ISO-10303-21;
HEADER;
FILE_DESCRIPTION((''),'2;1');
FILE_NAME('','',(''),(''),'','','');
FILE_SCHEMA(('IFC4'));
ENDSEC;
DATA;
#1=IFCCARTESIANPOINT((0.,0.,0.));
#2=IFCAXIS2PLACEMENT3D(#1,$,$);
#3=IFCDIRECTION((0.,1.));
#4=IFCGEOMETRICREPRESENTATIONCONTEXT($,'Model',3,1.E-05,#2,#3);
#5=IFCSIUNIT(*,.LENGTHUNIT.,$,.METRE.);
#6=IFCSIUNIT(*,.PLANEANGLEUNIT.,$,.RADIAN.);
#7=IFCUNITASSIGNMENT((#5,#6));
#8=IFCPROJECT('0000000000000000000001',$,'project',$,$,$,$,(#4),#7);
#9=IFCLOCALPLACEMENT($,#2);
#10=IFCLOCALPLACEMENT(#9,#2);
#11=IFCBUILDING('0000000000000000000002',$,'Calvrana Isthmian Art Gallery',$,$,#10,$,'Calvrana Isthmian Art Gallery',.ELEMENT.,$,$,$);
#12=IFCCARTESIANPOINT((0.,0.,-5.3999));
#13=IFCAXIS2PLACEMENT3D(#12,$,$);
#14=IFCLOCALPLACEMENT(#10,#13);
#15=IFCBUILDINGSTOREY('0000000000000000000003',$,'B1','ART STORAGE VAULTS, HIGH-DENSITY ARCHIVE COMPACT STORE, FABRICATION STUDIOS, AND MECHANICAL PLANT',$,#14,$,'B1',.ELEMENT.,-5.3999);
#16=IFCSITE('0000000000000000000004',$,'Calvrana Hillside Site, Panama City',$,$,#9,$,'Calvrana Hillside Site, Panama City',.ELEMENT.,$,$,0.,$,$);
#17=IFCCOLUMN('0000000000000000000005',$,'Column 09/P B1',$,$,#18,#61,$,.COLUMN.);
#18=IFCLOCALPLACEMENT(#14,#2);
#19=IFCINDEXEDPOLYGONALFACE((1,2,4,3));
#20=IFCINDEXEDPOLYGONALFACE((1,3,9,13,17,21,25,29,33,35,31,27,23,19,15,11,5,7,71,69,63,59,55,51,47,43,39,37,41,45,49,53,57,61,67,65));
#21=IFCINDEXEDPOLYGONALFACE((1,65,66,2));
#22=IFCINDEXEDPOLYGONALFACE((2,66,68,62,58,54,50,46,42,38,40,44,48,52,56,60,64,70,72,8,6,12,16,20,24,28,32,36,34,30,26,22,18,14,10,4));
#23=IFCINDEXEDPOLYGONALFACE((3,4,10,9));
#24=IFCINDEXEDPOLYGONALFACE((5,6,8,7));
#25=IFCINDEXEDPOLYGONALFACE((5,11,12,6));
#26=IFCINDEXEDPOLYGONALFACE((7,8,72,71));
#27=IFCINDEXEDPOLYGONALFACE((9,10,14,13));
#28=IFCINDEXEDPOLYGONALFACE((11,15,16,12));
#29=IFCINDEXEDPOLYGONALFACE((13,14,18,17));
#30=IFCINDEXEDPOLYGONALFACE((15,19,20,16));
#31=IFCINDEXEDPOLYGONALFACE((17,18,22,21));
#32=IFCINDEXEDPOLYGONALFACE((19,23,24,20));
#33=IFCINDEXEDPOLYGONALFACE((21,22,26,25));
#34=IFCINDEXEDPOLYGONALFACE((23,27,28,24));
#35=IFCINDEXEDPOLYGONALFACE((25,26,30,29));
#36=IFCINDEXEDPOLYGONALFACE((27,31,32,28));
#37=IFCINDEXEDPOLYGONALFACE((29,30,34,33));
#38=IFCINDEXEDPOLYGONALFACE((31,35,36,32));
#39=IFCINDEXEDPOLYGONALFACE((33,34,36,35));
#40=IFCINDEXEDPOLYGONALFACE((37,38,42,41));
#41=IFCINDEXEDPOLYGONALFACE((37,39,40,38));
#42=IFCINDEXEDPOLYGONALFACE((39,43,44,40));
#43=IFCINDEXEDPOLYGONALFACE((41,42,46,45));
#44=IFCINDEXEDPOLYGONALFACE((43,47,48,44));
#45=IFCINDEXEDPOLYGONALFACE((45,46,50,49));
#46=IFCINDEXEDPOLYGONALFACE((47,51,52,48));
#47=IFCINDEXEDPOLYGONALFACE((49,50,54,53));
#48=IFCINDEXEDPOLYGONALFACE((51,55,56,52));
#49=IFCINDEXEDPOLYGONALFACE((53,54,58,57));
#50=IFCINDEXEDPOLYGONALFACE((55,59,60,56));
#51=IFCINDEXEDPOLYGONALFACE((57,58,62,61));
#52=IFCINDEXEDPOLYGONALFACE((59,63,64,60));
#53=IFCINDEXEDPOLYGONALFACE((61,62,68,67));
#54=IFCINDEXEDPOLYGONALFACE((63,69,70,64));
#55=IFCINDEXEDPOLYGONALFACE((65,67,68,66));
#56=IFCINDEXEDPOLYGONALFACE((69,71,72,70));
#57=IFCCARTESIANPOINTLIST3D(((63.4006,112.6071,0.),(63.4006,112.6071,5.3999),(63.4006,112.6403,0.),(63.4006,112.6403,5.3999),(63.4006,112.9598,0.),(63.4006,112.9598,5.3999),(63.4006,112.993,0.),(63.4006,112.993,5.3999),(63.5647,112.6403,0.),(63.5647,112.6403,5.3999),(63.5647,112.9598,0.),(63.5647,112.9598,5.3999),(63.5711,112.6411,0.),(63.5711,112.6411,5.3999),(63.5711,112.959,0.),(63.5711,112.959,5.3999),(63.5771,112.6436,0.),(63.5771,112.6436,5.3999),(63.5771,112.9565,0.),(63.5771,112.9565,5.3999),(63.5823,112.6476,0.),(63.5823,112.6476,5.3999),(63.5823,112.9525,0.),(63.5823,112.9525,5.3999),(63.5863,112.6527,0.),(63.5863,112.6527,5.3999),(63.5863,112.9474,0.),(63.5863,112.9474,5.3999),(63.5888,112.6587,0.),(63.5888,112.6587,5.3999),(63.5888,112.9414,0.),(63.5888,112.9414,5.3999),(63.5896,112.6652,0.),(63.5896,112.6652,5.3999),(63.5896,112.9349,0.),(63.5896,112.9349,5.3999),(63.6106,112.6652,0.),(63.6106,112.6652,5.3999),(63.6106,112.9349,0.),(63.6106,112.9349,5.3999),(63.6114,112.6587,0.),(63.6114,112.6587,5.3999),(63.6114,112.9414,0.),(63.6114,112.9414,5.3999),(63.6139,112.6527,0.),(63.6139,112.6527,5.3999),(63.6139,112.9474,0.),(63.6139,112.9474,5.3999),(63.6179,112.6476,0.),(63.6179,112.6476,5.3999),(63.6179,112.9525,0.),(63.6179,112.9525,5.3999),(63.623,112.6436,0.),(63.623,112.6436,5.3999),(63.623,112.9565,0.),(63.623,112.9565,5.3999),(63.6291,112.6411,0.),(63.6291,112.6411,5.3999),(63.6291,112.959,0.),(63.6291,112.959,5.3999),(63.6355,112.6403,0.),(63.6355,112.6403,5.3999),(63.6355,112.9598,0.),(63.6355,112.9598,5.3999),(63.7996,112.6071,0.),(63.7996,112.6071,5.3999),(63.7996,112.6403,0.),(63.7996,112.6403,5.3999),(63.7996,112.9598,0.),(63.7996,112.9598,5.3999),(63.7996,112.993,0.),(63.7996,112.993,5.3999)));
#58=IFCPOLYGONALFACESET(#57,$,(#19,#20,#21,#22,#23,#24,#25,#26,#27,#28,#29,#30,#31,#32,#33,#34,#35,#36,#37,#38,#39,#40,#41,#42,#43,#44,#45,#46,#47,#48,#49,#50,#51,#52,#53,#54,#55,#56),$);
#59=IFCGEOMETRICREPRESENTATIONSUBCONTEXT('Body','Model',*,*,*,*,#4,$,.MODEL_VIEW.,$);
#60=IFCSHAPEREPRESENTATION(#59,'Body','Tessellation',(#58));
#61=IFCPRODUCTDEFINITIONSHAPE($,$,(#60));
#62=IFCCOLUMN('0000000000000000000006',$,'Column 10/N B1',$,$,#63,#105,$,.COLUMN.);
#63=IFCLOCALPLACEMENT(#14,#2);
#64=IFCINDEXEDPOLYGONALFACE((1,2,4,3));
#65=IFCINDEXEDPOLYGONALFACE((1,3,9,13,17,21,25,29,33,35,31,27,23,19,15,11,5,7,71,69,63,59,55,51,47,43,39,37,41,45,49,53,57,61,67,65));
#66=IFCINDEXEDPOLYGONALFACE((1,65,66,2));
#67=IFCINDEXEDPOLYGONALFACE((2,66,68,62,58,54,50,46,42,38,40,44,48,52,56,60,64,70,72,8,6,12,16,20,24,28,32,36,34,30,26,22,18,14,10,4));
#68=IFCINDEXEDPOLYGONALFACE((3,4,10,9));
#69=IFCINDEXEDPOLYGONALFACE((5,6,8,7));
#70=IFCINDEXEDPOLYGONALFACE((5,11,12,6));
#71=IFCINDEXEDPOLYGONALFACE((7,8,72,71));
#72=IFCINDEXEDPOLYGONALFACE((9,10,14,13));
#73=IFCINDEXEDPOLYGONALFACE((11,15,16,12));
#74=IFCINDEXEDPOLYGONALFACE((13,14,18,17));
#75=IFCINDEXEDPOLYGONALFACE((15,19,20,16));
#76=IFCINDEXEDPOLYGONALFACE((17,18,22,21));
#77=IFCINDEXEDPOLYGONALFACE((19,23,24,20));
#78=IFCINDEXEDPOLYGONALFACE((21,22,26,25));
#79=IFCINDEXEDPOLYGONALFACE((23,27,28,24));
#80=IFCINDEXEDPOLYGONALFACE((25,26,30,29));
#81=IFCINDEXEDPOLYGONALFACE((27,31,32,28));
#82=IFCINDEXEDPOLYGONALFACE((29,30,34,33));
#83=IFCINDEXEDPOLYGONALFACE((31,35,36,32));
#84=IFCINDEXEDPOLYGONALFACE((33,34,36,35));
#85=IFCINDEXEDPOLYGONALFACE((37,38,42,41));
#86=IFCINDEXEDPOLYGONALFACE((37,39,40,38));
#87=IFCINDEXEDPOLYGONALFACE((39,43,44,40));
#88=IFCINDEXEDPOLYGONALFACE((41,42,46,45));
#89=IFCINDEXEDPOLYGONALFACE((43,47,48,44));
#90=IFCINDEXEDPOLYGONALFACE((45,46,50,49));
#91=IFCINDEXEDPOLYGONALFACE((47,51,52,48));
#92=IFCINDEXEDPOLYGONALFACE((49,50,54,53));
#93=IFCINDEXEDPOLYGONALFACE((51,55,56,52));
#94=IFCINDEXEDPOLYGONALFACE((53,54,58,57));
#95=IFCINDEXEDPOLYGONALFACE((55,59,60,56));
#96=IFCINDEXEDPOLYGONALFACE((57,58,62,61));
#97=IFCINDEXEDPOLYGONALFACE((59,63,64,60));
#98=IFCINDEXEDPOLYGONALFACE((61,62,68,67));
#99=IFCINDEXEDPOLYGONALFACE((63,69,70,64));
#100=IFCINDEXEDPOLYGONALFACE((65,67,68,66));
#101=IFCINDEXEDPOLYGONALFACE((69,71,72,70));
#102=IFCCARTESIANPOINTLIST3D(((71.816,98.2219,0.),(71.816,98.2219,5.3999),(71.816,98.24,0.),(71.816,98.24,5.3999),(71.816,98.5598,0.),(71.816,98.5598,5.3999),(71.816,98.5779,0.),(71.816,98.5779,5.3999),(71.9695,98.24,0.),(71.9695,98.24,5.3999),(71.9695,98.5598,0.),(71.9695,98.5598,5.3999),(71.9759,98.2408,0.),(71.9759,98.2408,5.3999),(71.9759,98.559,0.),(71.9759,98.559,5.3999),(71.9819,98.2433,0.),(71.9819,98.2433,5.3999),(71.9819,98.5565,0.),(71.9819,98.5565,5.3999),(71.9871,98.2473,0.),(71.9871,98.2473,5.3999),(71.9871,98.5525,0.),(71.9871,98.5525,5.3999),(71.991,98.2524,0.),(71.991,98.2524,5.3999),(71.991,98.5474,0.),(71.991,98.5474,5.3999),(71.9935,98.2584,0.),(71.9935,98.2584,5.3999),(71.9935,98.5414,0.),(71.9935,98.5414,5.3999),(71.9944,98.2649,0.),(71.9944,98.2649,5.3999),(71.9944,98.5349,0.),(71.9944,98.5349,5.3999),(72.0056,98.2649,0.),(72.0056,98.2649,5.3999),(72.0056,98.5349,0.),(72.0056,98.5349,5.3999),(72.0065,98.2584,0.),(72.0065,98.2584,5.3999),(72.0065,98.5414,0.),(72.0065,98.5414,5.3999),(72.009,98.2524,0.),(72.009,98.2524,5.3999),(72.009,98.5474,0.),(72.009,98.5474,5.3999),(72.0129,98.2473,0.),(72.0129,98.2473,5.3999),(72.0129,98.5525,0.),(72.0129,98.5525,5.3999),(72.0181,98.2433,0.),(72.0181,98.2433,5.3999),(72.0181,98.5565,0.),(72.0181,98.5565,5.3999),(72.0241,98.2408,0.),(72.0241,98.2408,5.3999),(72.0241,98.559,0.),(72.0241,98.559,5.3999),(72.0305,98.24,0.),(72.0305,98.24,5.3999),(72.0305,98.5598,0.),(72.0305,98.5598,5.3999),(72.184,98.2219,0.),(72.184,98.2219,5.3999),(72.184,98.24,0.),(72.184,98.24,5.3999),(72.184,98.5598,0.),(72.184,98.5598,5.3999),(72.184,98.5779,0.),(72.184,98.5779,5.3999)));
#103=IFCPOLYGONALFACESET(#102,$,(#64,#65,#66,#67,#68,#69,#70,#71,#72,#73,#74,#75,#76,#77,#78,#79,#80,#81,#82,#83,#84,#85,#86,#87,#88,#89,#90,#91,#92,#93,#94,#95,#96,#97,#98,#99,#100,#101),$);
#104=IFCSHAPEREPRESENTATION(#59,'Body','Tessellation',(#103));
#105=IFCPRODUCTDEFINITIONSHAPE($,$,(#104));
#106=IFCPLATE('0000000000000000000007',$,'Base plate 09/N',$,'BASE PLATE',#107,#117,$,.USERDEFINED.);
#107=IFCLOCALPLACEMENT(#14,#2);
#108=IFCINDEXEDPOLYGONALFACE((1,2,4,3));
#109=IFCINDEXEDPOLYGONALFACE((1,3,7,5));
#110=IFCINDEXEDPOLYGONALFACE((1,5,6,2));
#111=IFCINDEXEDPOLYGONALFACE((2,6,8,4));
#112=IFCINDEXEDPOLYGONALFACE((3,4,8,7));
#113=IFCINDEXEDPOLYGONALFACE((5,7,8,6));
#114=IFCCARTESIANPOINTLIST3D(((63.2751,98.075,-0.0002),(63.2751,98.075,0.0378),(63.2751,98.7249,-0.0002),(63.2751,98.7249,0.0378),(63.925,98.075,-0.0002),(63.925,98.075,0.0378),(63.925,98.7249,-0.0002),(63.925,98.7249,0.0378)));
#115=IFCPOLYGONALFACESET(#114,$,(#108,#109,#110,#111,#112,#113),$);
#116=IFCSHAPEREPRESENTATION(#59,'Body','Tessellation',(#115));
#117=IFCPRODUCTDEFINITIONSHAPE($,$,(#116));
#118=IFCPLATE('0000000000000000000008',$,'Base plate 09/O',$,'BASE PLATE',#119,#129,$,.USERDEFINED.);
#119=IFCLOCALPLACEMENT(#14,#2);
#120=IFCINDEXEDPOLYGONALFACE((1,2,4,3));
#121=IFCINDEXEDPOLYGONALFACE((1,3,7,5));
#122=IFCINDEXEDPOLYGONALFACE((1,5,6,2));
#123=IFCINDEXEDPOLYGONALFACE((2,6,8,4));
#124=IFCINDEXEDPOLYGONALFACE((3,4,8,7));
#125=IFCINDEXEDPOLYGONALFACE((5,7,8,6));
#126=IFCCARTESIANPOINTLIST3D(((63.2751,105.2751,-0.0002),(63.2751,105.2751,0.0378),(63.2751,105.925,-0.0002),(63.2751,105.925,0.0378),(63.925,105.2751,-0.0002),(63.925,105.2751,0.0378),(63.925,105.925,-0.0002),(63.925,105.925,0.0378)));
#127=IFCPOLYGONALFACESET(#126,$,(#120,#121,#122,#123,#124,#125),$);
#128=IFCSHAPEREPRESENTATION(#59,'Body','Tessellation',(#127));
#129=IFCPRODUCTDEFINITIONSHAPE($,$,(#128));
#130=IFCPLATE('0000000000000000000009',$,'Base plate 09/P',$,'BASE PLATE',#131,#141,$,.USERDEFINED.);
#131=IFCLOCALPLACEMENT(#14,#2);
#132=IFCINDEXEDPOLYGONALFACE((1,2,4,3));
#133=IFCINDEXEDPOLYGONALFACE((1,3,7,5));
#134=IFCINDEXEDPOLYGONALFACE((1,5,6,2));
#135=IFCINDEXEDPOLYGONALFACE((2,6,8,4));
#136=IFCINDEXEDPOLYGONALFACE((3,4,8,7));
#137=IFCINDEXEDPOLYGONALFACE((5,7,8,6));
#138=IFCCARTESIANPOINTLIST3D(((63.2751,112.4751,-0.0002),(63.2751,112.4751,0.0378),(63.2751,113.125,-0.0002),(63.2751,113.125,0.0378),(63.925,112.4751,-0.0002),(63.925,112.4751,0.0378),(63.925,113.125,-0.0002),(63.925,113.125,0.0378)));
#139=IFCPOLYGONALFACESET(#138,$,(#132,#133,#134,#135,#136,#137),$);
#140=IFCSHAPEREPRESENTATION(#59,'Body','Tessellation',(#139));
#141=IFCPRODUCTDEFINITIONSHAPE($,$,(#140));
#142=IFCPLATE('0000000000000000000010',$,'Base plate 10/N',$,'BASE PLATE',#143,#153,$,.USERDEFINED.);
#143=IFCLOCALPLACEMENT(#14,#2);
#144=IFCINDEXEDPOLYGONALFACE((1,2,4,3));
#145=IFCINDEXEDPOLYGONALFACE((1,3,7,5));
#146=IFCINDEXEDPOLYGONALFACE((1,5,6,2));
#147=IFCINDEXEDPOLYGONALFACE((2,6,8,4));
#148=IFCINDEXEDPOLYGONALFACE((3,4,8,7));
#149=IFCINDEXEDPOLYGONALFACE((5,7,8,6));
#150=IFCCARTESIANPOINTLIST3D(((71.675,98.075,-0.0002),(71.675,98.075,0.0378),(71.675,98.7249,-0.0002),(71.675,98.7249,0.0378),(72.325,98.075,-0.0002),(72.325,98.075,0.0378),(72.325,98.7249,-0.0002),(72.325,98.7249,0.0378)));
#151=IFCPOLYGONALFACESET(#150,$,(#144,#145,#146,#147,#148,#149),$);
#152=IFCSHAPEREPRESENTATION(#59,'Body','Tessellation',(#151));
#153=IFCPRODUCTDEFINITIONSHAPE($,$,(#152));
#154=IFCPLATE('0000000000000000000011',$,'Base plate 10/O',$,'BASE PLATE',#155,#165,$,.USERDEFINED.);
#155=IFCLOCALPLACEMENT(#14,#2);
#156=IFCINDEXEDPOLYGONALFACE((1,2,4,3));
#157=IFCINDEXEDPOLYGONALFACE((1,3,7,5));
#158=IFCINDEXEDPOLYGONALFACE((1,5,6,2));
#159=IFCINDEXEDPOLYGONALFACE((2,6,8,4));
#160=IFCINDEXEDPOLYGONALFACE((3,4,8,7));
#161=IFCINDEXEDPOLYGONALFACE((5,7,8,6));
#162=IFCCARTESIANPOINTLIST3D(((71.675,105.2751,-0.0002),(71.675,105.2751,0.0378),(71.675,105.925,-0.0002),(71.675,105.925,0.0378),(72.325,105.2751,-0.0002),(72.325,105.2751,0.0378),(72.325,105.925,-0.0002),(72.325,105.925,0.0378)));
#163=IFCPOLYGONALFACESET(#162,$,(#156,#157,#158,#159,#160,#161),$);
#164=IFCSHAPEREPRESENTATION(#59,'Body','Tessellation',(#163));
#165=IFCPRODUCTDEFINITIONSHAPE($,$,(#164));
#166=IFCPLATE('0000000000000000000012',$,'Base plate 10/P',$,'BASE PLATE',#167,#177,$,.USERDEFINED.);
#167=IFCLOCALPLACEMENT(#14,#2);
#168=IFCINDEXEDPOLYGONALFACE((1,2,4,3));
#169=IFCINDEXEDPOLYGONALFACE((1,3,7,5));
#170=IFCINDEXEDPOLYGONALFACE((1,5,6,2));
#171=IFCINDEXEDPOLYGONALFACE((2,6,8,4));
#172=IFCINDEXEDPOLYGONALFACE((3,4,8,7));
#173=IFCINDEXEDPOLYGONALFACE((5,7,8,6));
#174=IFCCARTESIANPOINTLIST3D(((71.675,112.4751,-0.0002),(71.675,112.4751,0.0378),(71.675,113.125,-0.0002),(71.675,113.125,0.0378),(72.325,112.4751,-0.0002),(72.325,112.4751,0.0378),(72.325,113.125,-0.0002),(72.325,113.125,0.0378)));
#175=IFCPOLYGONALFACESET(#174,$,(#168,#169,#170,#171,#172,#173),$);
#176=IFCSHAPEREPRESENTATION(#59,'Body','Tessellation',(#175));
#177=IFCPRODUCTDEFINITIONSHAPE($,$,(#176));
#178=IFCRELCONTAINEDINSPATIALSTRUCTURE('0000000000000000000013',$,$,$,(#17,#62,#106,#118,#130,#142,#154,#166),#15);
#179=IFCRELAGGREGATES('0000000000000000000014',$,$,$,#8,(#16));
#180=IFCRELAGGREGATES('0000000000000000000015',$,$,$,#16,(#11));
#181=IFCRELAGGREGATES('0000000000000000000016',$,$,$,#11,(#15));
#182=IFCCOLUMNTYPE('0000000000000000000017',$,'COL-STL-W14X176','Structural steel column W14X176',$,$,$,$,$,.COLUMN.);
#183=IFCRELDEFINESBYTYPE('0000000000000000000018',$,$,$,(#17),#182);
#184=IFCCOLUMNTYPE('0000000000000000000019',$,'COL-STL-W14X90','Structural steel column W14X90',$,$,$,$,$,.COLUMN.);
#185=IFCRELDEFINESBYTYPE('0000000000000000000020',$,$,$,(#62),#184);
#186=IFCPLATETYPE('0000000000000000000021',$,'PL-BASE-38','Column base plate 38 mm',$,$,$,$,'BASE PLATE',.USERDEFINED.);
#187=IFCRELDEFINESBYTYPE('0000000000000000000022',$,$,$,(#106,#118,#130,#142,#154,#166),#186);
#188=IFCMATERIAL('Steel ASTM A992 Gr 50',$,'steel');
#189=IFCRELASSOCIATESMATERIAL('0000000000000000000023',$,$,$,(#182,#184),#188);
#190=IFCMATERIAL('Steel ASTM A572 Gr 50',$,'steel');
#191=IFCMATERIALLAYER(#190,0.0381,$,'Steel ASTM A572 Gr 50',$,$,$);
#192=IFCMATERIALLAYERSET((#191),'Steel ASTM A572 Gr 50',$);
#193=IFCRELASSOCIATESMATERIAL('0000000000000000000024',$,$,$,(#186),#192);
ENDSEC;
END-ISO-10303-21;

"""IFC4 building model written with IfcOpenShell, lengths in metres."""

from ifc_helpers import new_model, si_unit, direction, frame, origin, origin_2d, place, context, subcontext, project, spatial, rectangle, i_section, extrude, material, layer, layer_set, material_profile, profile_set, type_object, element, save


model = new_model("IFC4")

# Units and contexts
model_context = context("Model", 3, precision=1e-05, world=origin(), true_north=direction((0.0, 1.0)))
body_context = subcontext(model_context, "Body", "Model", "MODEL_VIEW")
ifc_project = project(units=[si_unit("LENGTHUNIT", "METRE"), si_unit("PLANEANGLEUNIT", "RADIAN")], contexts=[model_context])

# Site, building, storey
site_placement = place(None, origin())
site = spatial("IfcSite", under=ifc_project, at=site_placement, Name="Calvrana Hillside Site, Panama City", LongName="Calvrana Hillside Site, Panama City", CompositionType="ELEMENT", RefElevation=0.0)
building_placement = place(site_placement, origin())
building = spatial("IfcBuilding", under=site, at=building_placement, Name="Calvrana Isthmian Art Gallery", LongName="Calvrana Isthmian Art Gallery", CompositionType="ELEMENT")
storey_placement = place(building_placement, frame((0.0, 0.0, -5.3999)))
storey = spatial("IfcBuildingStorey", under=building, at=storey_placement, Name="B1", Description="ART STORAGE VAULTS, HIGH-DENSITY ARCHIVE COMPACT STORE, FABRICATION STUDIOS, AND MECHANICAL PLANT", LongName="B1", CompositionType="ELEMENT", Elevation=-5.3999)

# Columns
ifc_material_1 = material(Name="Steel ASTM A992 Gr 50", Category="steel")
ifc_material_profile_1 = material_profile(ifc_material_1, i_section(OverallWidth=0.3989, OverallDepth=0.386, WebThickness=0.021, FlangeThickness=0.0332, FilletRadius=0.0249, at=origin_2d()), Name="W14X176")
ifc_profile_set_1 = profile_set([ifc_material_profile_1], Name="Steel ASTM A992 Gr 50")
column_type_1 = type_object("IfcColumnType", Name="COL-STL-W14X176", Description="Structural steel column W14X176", PredefinedType="COLUMN", material=ifc_profile_set_1)
column_1_placement = place(storey_placement, frame((63.6001, 112.8, 0.0), z_axis=(0.0, 0.0, 1.0), x_axis=(1.0, 0.0, 0.0)))
element("IfcColumn", 1, at=column_1_placement, inside=storey, type_object=column_type_1, Name="Column 09/P B1", PredefinedType="COLUMN", context=body_context, shape_type="SweptSolid", body=[
    extrude(i_section(OverallWidth=0.3989, OverallDepth=0.386, WebThickness=0.021, FlangeThickness=0.0332, FilletRadius=0.0249, at=origin_2d()), origin(), (0.0, 0.0, 1.0), 5.3999),
])
ifc_material_profile_2 = material_profile(ifc_material_1, i_section(OverallWidth=0.3679, OverallDepth=0.356, WebThickness=0.0112, FlangeThickness=0.0181, FilletRadius=0.0249, at=origin_2d()), Name="W14X90")
ifc_profile_set_2 = profile_set([ifc_material_profile_2], Name="Steel ASTM A992 Gr 50")
column_type_2 = type_object("IfcColumnType", Name="COL-STL-W14X90", Description="Structural steel column W14X90", PredefinedType="COLUMN", material=ifc_profile_set_2)
column_2_placement = place(storey_placement, frame((72.0, 98.3999, 0.0), z_axis=(0.0, 0.0, 1.0), x_axis=(1.0, 0.0, 0.0)))
element("IfcColumn", 2, at=column_2_placement, inside=storey, type_object=column_type_2, Name="Column 10/N B1", PredefinedType="COLUMN", context=body_context, shape_type="SweptSolid", body=[
    extrude(i_section(OverallWidth=0.3679, OverallDepth=0.356, WebThickness=0.0112, FlangeThickness=0.0181, FilletRadius=0.0249, at=origin_2d()), origin(), (0.0, 0.0, 1.0), 5.3999),
])

# Plates
ifc_material_2 = material(Name="Steel ASTM A572 Gr 50", Category="steel")
ifc_layer_1 = layer(ifc_material_2, 0.0381, Name="Steel ASTM A572 Gr 50")
ifc_layer_set_1 = layer_set([ifc_layer_1], Name="Steel ASTM A572 Gr 50")
plate_type = type_object("IfcPlateType", Name="PL-BASE-38", Description="Column base plate 38 mm", ElementType="BASE PLATE", PredefinedType="USERDEFINED", material=ifc_layer_set_1)
for number, where, z_axis, x_axis, name in (
    (3, (63.6001, 98.3999, -0.0002), (0.0, 0.0, 1.0), (1.0, 0.0, 0.0), "Base plate 09/N"),
    (4, (63.6001, 105.6001, -0.0002), (0.0, 0.0, 1.0), (1.0, 0.0, 0.0), "Base plate 09/O"),
    (5, (63.6001, 112.8, -0.0002), (0.0, 0.0, 1.0), (1.0, 0.0, 0.0), "Base plate 09/P"),
    (6, (72.0, 98.3999, -0.0002), (0.0, 0.0, 1.0), (1.0, 0.0, 0.0), "Base plate 10/N"),
    (7, (72.0, 105.6001, -0.0002), (0.0, 0.0, 1.0), (1.0, 0.0, 0.0), "Base plate 10/O"),
    (8, (72.0, 112.8, -0.0002), (0.0, 0.0, 1.0), (1.0, 0.0, 0.0), "Base plate 10/P"),
):
    element("IfcPlate", number, at=place(storey_placement, frame(where, z_axis=z_axis, x_axis=x_axis)), inside=storey, type_object=plate_type, Name=name, ObjectType="BASE PLATE", PredefinedType="USERDEFINED", context=body_context, shape_type="SweptSolid", body=[
        extrude(rectangle(XDim=0.6499, YDim=0.6499, at=origin_2d()), origin(), (0.0, 0.0, 1.0), 0.0381),
    ])

save(model, "model.ifc")
